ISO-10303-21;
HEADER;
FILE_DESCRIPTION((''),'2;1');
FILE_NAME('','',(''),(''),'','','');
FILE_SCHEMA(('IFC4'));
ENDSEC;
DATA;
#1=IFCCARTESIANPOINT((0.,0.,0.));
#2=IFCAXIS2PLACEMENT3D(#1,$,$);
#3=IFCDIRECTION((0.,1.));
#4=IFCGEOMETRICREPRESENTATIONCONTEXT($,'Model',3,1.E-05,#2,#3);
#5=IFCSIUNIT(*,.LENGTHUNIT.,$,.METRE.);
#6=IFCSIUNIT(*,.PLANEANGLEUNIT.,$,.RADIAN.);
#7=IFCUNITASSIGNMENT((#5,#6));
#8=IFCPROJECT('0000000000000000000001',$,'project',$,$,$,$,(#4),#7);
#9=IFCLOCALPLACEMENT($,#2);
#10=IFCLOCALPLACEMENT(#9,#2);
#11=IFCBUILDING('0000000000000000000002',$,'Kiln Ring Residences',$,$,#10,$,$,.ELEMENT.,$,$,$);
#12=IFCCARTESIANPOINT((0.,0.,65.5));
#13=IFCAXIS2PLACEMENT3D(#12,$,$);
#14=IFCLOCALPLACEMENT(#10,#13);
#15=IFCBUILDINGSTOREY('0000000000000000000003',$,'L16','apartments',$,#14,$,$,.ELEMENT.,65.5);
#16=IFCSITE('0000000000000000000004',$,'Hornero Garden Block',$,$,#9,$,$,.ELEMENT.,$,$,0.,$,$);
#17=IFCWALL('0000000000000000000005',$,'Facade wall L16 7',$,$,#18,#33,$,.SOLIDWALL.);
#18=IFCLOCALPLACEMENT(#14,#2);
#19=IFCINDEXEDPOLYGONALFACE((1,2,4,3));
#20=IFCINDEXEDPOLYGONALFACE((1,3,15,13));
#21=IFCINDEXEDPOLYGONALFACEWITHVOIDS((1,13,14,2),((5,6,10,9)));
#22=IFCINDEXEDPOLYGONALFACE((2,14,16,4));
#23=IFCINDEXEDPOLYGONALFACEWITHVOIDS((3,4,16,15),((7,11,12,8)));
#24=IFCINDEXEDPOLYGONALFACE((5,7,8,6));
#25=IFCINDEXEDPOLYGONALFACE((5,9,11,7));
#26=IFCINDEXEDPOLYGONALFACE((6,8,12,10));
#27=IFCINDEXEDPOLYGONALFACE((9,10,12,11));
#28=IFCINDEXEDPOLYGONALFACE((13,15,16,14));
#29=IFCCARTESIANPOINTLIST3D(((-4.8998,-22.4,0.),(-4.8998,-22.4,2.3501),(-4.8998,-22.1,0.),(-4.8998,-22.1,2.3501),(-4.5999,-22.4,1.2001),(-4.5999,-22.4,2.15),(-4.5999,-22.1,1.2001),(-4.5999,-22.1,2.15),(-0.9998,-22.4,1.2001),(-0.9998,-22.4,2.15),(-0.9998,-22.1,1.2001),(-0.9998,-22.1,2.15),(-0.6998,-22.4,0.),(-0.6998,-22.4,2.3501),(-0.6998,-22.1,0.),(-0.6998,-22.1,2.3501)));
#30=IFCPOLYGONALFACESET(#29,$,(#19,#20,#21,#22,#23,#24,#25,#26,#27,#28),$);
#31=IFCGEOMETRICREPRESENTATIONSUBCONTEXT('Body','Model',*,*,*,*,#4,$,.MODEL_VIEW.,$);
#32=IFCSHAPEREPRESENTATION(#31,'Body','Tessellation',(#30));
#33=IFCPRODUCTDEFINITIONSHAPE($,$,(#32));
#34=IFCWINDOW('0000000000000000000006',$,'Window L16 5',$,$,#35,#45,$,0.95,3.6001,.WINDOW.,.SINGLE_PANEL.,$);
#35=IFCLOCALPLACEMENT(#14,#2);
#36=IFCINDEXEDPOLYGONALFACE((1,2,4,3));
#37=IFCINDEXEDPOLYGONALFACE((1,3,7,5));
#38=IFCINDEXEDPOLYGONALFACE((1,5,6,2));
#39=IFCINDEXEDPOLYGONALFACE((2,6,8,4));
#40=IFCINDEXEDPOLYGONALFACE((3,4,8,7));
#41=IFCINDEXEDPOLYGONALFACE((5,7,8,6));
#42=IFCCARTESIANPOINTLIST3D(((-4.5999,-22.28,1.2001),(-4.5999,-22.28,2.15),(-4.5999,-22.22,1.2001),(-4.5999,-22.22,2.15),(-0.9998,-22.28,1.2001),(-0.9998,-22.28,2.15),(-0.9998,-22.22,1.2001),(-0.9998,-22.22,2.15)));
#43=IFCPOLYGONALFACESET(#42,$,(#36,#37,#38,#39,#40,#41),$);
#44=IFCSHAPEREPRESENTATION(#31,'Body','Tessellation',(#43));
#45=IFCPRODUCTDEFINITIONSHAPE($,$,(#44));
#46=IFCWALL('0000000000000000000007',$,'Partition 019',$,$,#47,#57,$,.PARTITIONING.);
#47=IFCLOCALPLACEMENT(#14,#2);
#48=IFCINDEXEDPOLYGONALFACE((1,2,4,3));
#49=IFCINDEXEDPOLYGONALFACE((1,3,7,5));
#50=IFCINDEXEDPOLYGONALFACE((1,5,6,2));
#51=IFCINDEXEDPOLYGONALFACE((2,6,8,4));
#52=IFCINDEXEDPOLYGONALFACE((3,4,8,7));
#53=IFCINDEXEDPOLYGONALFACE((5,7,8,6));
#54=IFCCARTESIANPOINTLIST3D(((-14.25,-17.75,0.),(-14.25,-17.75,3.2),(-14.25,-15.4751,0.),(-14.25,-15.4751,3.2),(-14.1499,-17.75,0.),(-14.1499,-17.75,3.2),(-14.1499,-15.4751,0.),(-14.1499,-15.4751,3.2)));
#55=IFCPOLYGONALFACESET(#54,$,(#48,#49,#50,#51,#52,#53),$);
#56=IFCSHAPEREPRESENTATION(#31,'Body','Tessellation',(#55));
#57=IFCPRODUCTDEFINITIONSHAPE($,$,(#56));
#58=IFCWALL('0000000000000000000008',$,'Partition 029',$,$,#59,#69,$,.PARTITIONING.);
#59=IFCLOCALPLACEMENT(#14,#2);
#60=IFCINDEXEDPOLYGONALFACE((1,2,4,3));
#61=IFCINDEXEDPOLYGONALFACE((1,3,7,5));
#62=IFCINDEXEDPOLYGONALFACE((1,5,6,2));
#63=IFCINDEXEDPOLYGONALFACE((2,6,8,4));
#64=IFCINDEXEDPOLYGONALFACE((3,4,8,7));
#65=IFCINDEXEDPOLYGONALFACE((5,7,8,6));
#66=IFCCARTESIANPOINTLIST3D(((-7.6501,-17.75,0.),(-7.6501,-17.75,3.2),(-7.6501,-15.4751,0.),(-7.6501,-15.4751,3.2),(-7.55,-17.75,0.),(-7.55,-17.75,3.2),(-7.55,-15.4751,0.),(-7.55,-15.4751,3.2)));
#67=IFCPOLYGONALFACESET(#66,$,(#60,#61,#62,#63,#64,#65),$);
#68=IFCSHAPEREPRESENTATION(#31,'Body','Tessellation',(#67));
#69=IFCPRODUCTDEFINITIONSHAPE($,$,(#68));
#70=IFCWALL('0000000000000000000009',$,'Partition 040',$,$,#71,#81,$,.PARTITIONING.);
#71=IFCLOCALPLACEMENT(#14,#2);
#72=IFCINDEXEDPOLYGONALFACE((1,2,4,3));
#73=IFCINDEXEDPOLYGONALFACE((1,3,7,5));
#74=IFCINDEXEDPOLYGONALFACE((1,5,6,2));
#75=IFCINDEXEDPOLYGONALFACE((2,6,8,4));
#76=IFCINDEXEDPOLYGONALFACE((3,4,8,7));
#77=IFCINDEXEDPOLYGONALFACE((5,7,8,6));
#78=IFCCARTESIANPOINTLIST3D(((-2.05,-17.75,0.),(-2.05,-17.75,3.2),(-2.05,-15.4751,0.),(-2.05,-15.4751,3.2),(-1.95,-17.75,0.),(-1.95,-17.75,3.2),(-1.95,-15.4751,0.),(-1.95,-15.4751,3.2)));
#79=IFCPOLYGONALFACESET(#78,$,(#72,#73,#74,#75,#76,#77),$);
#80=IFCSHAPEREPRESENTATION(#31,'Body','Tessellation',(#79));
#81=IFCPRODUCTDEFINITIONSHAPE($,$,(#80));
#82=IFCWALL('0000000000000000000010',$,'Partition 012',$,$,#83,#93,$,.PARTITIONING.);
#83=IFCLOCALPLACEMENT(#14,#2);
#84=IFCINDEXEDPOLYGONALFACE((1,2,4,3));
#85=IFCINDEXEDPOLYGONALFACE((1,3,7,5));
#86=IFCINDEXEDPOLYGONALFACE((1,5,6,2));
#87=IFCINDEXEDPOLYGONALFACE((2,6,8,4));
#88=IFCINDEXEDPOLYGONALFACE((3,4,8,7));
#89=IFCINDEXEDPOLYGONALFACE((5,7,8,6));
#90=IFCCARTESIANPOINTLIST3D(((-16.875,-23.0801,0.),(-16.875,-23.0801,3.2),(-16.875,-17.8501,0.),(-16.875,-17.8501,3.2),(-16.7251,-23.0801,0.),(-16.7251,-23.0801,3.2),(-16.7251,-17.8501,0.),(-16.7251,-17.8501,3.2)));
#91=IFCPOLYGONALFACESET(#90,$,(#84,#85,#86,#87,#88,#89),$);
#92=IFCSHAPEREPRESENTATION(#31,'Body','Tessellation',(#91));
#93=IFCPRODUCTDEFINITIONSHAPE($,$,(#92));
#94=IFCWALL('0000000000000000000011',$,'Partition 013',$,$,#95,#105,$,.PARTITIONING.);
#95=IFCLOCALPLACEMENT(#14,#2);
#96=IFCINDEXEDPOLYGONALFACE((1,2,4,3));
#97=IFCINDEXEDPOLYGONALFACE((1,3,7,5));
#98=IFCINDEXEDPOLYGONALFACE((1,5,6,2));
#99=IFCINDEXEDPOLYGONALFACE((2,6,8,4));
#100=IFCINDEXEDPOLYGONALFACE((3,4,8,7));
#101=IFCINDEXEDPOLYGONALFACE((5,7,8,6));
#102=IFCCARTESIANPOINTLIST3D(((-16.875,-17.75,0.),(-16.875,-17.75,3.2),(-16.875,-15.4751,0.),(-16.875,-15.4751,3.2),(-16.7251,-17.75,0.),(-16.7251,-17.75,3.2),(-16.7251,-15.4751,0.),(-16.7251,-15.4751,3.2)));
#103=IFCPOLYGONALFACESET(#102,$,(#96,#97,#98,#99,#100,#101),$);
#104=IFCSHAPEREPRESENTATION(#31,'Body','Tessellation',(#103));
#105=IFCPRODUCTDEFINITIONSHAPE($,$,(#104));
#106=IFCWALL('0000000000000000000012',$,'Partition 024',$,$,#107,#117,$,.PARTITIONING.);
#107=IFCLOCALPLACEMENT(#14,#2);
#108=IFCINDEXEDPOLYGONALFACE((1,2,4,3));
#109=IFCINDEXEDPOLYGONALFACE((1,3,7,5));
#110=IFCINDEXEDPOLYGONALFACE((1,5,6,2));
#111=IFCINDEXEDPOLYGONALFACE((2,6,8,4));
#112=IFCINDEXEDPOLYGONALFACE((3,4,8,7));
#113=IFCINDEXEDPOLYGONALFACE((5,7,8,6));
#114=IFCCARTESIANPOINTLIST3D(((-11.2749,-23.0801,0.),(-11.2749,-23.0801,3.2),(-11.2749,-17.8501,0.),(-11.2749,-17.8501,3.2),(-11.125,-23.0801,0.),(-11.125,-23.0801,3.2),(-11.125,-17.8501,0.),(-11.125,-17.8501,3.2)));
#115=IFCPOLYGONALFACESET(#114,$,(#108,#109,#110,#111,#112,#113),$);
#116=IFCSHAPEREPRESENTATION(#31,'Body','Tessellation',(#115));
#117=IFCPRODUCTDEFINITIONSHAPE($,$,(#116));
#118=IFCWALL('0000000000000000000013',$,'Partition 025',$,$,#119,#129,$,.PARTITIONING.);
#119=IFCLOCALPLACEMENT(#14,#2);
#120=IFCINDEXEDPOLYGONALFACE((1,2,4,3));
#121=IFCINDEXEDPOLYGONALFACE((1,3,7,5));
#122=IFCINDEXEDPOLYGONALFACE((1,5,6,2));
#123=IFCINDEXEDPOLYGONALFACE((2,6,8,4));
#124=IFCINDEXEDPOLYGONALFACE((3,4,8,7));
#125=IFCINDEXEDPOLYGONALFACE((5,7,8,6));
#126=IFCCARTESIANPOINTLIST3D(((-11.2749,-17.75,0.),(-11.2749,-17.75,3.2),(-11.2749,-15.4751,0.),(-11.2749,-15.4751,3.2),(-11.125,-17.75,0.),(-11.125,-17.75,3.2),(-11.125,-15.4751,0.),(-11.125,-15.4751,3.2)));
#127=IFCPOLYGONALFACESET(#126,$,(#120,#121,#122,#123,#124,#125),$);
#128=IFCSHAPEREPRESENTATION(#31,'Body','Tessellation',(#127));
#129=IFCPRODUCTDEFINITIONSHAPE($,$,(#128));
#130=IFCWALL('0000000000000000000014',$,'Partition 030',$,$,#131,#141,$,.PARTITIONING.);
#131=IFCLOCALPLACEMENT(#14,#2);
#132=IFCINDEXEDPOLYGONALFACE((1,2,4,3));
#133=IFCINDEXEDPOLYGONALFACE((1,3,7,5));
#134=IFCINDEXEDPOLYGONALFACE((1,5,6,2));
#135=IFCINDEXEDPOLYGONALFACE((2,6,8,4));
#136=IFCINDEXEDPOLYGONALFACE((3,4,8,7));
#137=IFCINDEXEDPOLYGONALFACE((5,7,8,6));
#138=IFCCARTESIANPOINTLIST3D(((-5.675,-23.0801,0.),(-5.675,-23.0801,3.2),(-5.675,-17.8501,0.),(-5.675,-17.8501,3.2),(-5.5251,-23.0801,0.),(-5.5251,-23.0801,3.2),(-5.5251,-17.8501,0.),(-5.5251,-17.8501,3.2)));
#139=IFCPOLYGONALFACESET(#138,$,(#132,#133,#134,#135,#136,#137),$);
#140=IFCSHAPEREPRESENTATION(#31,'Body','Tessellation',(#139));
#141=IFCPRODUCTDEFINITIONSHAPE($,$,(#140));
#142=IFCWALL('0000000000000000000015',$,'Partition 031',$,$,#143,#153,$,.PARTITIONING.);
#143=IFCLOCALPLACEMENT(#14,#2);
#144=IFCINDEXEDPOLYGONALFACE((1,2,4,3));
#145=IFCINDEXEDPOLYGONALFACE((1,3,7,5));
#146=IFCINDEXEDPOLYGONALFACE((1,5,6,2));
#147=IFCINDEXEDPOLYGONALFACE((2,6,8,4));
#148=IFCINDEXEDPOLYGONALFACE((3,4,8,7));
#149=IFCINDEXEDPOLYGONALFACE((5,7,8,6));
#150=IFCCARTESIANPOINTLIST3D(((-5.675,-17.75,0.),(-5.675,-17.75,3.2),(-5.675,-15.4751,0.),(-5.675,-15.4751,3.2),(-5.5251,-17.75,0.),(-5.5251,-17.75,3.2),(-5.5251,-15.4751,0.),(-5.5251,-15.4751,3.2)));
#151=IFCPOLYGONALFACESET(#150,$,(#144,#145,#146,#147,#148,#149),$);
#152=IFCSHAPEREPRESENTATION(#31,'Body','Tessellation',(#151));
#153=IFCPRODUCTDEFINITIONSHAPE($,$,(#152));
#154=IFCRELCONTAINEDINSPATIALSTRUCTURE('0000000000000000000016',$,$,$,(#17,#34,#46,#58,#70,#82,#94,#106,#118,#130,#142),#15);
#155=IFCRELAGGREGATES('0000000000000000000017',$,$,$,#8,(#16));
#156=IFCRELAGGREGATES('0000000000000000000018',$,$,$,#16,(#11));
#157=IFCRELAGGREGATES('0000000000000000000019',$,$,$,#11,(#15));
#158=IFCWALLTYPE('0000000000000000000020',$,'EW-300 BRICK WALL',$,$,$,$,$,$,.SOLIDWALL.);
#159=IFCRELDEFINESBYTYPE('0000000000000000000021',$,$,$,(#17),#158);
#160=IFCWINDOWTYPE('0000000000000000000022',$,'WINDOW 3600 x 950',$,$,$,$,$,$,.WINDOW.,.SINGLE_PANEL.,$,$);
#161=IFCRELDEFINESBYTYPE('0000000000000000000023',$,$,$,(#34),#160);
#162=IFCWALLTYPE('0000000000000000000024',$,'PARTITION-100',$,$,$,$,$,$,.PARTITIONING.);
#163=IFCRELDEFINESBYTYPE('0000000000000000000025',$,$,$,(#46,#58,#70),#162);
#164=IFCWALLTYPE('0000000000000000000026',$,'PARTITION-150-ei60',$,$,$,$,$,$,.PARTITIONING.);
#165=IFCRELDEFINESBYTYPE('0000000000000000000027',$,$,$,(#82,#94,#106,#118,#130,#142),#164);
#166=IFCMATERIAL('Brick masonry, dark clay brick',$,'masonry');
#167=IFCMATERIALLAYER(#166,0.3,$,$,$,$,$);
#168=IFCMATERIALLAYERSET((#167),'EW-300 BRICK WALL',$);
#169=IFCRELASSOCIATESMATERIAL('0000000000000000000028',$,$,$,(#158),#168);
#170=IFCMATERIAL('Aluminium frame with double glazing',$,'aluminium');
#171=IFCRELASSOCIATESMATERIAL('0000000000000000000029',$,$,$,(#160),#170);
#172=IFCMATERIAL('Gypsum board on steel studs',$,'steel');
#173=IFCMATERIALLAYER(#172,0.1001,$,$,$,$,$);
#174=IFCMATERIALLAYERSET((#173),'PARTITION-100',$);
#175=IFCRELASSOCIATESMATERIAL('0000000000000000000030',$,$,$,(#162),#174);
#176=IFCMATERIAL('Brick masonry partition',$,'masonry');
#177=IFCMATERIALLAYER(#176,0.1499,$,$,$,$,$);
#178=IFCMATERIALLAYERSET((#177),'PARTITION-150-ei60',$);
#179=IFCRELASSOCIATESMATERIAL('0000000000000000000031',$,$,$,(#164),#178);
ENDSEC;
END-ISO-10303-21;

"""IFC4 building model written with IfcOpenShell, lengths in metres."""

from ifc_helpers import new_model, si_unit, direction, frame, frame_2d, origin, place, context, subcontext, project, spatial, rectangle, extrude, material, layer, layer_set, type_object, element, fill, save


model = new_model("IFC4")

# Units and contexts
model_context = context("Model", 3, precision=1e-05, world=origin(), true_north=direction((0.0, 1.0)))
body_context = subcontext(model_context, "Body", "Model", "MODEL_VIEW")
ifc_project = project(units=[si_unit("LENGTHUNIT", "METRE"), si_unit("PLANEANGLEUNIT", "RADIAN")], contexts=[model_context])

# Site, building, storey
site_placement = place(None, origin())
site = spatial("IfcSite", under=ifc_project, at=site_placement, Name="Hornero Garden Block", CompositionType="ELEMENT", RefElevation=0.0)
building_placement = place(site_placement, origin())
building = spatial("IfcBuilding", under=site, at=building_placement, Name="Kiln Ring Residences", CompositionType="ELEMENT")
storey_placement = place(building_placement, frame((0.0, 0.0, 65.5)))
storey = spatial("IfcBuildingStorey", under=building, at=storey_placement, Name="L16", Description="apartments", CompositionType="ELEMENT", Elevation=65.5)

# Wall, opening, window
ifc_material_1 = material(Name="Brick masonry, dark clay brick", Category="masonry")
ifc_layer_1 = layer(ifc_material_1, 0.3)
ifc_layer_set_1 = layer_set([ifc_layer_1], Name="EW-300 BRICK WALL")
wall_type_1 = type_object("IfcWallType", Name="EW-300 BRICK WALL", PredefinedType="SOLIDWALL", material=ifc_layer_set_1)
ifc_material_2 = material(Name="Aluminium frame with double glazing", Category="aluminium")
window_type = type_object("IfcWindowType", Name="WINDOW 3600 x 950", PartitioningType="SINGLE_PANEL", PredefinedType="WINDOW", material=ifc_material_2)
wall_1_placement = place(storey_placement, frame((-4.8999, -22.25, 0.0), z_axis=(0.0, 0.0, 1.0), x_axis=(1.0, 0.0, 0.0)))
wall_1 = element("IfcWall", 1, at=wall_1_placement, inside=storey, type_object=wall_type_1, Name="Facade wall L16 7", PredefinedType="SOLIDWALL", context=body_context, shape_type="SweptSolid", body=[
    extrude(rectangle(XDim=4.2, YDim=0.3, at=frame_2d((2.1001, 0.0))), origin(), (0.0, 0.0, 1.0), 2.3501),
])
opening_1_placement = place(wall_1_placement, frame((0.3, 0.0, 1.2)))
opening_1 = element("IfcOpeningElement", 2, at=opening_1_placement, cuts=wall_1, PredefinedType="OPENING", context=body_context, shape_type="SweptSolid", body=[
    extrude(rectangle(XDim=3.6001, YDim=0.95, at=frame_2d((1.8, 0.4751))), frame((0.0, 0.1599, 0.0), z_axis=(0.0, -1.0, 0.0), x_axis=(1.0, 0.0, 0.0)), (0.0, 0.0, 1.0), 0.3201),
])
window_1_placement = place(opening_1_placement, origin())
window_1 = element("IfcWindow", 3, at=window_1_placement, inside=storey, type_object=window_type, Name="Window L16 5", OverallHeight=0.95, OverallWidth=3.6001, PartitioningType="SINGLE_PANEL", PredefinedType="WINDOW", context=body_context, shape_type="SweptSolid", body=[
    extrude(rectangle(XDim=3.6001, YDim=0.95, at=frame_2d((1.8, 0.4751))), frame((0.0, 0.03, 0.0), z_axis=(0.0, -1.0, 0.0), x_axis=(1.0, 0.0, 0.0)), (0.0, 0.0, 1.0), 0.0601),
])
fill(opening_1, window_1)

# Walls
ifc_material_3 = material(Name="Gypsum board on steel studs", Category="steel")
ifc_layer_2 = layer(ifc_material_3, 0.1001)
ifc_layer_set_2 = layer_set([ifc_layer_2], Name="PARTITION-100")
wall_type_2 = type_object("IfcWallType", Name="PARTITION-100", PredefinedType="PARTITIONING", material=ifc_layer_set_2)
for number, where, z_axis, x_axis, name in (
    (4, (-14.2, -17.75, 0.0), (0.0, 0.0, 1.0), (0.0, 1.0, 0.0), "Partition 019"),
    (5, (-7.6001, -17.75, 0.0), (0.0, 0.0, 1.0), (0.0, 1.0, 0.0), "Partition 029"),
    (6, (-2.0, -17.75, 0.0), (0.0, 0.0, 1.0), (0.0, 1.0, 0.0), "Partition 040"),
):
    element("IfcWall", number, at=place(storey_placement, frame(where, z_axis=z_axis, x_axis=x_axis)), inside=storey, type_object=wall_type_2, Name=name, PredefinedType="PARTITIONING", context=body_context, shape_type="SweptSolid", body=[
        extrude(rectangle(XDim=2.2749, YDim=0.1001, at=frame_2d((1.1375, 0.0))), origin(), (0.0, 0.0, 1.0), 3.2),
    ])
ifc_material_4 = material(Name="Brick masonry partition", Category="masonry")
ifc_layer_3 = layer(ifc_material_4, 0.1499)
ifc_layer_set_3 = layer_set([ifc_layer_3], Name="PARTITION-150-ei60")
wall_type_3 = type_object("IfcWallType", Name="PARTITION-150-ei60", PredefinedType="PARTITIONING", material=ifc_layer_set_3)
wall_2_placement = place(storey_placement, frame((-16.8, -23.0801, 0.0), z_axis=(0.0, 0.0, 1.0), x_axis=(0.0, 1.0, 0.0)))
element("IfcWall", 7, at=wall_2_placement, inside=storey, type_object=wall_type_3, Name="Partition 012", PredefinedType="PARTITIONING", context=body_context, shape_type="SweptSolid", body=[
    extrude(rectangle(XDim=5.23, YDim=0.1499, at=frame_2d((2.615, 0.0))), origin(), (0.0, 0.0, 1.0), 3.2),
])
wall_3_placement = place(storey_placement, frame((-16.8, -17.75, 0.0), z_axis=(0.0, 0.0, 1.0), x_axis=(0.0, 1.0, 0.0)))
element("IfcWall", 8, at=wall_3_placement, inside=storey, type_object=wall_type_3, Name="Partition 013", PredefinedType="PARTITIONING", context=body_context, shape_type="SweptSolid", body=[
    extrude(rectangle(XDim=2.2749, YDim=0.1499, at=frame_2d((1.1375, 0.0))), origin(), (0.0, 0.0, 1.0), 3.2),
])
wall_4_placement = place(storey_placement, frame((-11.2, -23.0801, 0.0), z_axis=(0.0, 0.0, 1.0), x_axis=(0.0, 1.0, 0.0)))
element("IfcWall", 9, at=wall_4_placement, inside=storey, type_object=wall_type_3, Name="Partition 024", PredefinedType="PARTITIONING", context=body_context, shape_type="SweptSolid", body=[
    extrude(rectangle(XDim=5.23, YDim=0.1499, at=frame_2d((2.615, 0.0))), origin(), (0.0, 0.0, 1.0), 3.2),
])
wall_5_placement = place(storey_placement, frame((-11.2, -17.75, 0.0), z_axis=(0.0, 0.0, 1.0), x_axis=(0.0, 1.0, 0.0)))
element("IfcWall", 10, at=wall_5_placement, inside=storey, type_object=wall_type_3, Name="Partition 025", PredefinedType="PARTITIONING", context=body_context, shape_type="SweptSolid", body=[
    extrude(rectangle(XDim=2.2749, YDim=0.1499, at=frame_2d((1.1375, 0.0))), origin(), (0.0, 0.0, 1.0), 3.2),
])
wall_6_placement = place(storey_placement, frame((-5.6001, -23.0801, 0.0), z_axis=(0.0, 0.0, 1.0), x_axis=(0.0, 1.0, 0.0)))
element("IfcWall", 11, at=wall_6_placement, inside=storey, type_object=wall_type_3, Name="Partition 030", PredefinedType="PARTITIONING", context=body_context, shape_type="SweptSolid", body=[
    extrude(rectangle(XDim=5.23, YDim=0.1499, at=frame_2d((2.615, 0.0))), origin(), (0.0, 0.0, 1.0), 3.2),
])
wall_7_placement = place(storey_placement, frame((-5.6001, -17.75, 0.0), z_axis=(0.0, 0.0, 1.0), x_axis=(0.0, 1.0, 0.0)))
element("IfcWall", 12, at=wall_7_placement, inside=storey, type_object=wall_type_3, Name="Partition 031", PredefinedType="PARTITIONING", context=body_context, shape_type="SweptSolid", body=[
    extrude(rectangle(XDim=2.2749, YDim=0.1499, at=frame_2d((1.1375, 0.0))), origin(), (0.0, 0.0, 1.0), 3.2),
])

save(model, "model.ifc")
